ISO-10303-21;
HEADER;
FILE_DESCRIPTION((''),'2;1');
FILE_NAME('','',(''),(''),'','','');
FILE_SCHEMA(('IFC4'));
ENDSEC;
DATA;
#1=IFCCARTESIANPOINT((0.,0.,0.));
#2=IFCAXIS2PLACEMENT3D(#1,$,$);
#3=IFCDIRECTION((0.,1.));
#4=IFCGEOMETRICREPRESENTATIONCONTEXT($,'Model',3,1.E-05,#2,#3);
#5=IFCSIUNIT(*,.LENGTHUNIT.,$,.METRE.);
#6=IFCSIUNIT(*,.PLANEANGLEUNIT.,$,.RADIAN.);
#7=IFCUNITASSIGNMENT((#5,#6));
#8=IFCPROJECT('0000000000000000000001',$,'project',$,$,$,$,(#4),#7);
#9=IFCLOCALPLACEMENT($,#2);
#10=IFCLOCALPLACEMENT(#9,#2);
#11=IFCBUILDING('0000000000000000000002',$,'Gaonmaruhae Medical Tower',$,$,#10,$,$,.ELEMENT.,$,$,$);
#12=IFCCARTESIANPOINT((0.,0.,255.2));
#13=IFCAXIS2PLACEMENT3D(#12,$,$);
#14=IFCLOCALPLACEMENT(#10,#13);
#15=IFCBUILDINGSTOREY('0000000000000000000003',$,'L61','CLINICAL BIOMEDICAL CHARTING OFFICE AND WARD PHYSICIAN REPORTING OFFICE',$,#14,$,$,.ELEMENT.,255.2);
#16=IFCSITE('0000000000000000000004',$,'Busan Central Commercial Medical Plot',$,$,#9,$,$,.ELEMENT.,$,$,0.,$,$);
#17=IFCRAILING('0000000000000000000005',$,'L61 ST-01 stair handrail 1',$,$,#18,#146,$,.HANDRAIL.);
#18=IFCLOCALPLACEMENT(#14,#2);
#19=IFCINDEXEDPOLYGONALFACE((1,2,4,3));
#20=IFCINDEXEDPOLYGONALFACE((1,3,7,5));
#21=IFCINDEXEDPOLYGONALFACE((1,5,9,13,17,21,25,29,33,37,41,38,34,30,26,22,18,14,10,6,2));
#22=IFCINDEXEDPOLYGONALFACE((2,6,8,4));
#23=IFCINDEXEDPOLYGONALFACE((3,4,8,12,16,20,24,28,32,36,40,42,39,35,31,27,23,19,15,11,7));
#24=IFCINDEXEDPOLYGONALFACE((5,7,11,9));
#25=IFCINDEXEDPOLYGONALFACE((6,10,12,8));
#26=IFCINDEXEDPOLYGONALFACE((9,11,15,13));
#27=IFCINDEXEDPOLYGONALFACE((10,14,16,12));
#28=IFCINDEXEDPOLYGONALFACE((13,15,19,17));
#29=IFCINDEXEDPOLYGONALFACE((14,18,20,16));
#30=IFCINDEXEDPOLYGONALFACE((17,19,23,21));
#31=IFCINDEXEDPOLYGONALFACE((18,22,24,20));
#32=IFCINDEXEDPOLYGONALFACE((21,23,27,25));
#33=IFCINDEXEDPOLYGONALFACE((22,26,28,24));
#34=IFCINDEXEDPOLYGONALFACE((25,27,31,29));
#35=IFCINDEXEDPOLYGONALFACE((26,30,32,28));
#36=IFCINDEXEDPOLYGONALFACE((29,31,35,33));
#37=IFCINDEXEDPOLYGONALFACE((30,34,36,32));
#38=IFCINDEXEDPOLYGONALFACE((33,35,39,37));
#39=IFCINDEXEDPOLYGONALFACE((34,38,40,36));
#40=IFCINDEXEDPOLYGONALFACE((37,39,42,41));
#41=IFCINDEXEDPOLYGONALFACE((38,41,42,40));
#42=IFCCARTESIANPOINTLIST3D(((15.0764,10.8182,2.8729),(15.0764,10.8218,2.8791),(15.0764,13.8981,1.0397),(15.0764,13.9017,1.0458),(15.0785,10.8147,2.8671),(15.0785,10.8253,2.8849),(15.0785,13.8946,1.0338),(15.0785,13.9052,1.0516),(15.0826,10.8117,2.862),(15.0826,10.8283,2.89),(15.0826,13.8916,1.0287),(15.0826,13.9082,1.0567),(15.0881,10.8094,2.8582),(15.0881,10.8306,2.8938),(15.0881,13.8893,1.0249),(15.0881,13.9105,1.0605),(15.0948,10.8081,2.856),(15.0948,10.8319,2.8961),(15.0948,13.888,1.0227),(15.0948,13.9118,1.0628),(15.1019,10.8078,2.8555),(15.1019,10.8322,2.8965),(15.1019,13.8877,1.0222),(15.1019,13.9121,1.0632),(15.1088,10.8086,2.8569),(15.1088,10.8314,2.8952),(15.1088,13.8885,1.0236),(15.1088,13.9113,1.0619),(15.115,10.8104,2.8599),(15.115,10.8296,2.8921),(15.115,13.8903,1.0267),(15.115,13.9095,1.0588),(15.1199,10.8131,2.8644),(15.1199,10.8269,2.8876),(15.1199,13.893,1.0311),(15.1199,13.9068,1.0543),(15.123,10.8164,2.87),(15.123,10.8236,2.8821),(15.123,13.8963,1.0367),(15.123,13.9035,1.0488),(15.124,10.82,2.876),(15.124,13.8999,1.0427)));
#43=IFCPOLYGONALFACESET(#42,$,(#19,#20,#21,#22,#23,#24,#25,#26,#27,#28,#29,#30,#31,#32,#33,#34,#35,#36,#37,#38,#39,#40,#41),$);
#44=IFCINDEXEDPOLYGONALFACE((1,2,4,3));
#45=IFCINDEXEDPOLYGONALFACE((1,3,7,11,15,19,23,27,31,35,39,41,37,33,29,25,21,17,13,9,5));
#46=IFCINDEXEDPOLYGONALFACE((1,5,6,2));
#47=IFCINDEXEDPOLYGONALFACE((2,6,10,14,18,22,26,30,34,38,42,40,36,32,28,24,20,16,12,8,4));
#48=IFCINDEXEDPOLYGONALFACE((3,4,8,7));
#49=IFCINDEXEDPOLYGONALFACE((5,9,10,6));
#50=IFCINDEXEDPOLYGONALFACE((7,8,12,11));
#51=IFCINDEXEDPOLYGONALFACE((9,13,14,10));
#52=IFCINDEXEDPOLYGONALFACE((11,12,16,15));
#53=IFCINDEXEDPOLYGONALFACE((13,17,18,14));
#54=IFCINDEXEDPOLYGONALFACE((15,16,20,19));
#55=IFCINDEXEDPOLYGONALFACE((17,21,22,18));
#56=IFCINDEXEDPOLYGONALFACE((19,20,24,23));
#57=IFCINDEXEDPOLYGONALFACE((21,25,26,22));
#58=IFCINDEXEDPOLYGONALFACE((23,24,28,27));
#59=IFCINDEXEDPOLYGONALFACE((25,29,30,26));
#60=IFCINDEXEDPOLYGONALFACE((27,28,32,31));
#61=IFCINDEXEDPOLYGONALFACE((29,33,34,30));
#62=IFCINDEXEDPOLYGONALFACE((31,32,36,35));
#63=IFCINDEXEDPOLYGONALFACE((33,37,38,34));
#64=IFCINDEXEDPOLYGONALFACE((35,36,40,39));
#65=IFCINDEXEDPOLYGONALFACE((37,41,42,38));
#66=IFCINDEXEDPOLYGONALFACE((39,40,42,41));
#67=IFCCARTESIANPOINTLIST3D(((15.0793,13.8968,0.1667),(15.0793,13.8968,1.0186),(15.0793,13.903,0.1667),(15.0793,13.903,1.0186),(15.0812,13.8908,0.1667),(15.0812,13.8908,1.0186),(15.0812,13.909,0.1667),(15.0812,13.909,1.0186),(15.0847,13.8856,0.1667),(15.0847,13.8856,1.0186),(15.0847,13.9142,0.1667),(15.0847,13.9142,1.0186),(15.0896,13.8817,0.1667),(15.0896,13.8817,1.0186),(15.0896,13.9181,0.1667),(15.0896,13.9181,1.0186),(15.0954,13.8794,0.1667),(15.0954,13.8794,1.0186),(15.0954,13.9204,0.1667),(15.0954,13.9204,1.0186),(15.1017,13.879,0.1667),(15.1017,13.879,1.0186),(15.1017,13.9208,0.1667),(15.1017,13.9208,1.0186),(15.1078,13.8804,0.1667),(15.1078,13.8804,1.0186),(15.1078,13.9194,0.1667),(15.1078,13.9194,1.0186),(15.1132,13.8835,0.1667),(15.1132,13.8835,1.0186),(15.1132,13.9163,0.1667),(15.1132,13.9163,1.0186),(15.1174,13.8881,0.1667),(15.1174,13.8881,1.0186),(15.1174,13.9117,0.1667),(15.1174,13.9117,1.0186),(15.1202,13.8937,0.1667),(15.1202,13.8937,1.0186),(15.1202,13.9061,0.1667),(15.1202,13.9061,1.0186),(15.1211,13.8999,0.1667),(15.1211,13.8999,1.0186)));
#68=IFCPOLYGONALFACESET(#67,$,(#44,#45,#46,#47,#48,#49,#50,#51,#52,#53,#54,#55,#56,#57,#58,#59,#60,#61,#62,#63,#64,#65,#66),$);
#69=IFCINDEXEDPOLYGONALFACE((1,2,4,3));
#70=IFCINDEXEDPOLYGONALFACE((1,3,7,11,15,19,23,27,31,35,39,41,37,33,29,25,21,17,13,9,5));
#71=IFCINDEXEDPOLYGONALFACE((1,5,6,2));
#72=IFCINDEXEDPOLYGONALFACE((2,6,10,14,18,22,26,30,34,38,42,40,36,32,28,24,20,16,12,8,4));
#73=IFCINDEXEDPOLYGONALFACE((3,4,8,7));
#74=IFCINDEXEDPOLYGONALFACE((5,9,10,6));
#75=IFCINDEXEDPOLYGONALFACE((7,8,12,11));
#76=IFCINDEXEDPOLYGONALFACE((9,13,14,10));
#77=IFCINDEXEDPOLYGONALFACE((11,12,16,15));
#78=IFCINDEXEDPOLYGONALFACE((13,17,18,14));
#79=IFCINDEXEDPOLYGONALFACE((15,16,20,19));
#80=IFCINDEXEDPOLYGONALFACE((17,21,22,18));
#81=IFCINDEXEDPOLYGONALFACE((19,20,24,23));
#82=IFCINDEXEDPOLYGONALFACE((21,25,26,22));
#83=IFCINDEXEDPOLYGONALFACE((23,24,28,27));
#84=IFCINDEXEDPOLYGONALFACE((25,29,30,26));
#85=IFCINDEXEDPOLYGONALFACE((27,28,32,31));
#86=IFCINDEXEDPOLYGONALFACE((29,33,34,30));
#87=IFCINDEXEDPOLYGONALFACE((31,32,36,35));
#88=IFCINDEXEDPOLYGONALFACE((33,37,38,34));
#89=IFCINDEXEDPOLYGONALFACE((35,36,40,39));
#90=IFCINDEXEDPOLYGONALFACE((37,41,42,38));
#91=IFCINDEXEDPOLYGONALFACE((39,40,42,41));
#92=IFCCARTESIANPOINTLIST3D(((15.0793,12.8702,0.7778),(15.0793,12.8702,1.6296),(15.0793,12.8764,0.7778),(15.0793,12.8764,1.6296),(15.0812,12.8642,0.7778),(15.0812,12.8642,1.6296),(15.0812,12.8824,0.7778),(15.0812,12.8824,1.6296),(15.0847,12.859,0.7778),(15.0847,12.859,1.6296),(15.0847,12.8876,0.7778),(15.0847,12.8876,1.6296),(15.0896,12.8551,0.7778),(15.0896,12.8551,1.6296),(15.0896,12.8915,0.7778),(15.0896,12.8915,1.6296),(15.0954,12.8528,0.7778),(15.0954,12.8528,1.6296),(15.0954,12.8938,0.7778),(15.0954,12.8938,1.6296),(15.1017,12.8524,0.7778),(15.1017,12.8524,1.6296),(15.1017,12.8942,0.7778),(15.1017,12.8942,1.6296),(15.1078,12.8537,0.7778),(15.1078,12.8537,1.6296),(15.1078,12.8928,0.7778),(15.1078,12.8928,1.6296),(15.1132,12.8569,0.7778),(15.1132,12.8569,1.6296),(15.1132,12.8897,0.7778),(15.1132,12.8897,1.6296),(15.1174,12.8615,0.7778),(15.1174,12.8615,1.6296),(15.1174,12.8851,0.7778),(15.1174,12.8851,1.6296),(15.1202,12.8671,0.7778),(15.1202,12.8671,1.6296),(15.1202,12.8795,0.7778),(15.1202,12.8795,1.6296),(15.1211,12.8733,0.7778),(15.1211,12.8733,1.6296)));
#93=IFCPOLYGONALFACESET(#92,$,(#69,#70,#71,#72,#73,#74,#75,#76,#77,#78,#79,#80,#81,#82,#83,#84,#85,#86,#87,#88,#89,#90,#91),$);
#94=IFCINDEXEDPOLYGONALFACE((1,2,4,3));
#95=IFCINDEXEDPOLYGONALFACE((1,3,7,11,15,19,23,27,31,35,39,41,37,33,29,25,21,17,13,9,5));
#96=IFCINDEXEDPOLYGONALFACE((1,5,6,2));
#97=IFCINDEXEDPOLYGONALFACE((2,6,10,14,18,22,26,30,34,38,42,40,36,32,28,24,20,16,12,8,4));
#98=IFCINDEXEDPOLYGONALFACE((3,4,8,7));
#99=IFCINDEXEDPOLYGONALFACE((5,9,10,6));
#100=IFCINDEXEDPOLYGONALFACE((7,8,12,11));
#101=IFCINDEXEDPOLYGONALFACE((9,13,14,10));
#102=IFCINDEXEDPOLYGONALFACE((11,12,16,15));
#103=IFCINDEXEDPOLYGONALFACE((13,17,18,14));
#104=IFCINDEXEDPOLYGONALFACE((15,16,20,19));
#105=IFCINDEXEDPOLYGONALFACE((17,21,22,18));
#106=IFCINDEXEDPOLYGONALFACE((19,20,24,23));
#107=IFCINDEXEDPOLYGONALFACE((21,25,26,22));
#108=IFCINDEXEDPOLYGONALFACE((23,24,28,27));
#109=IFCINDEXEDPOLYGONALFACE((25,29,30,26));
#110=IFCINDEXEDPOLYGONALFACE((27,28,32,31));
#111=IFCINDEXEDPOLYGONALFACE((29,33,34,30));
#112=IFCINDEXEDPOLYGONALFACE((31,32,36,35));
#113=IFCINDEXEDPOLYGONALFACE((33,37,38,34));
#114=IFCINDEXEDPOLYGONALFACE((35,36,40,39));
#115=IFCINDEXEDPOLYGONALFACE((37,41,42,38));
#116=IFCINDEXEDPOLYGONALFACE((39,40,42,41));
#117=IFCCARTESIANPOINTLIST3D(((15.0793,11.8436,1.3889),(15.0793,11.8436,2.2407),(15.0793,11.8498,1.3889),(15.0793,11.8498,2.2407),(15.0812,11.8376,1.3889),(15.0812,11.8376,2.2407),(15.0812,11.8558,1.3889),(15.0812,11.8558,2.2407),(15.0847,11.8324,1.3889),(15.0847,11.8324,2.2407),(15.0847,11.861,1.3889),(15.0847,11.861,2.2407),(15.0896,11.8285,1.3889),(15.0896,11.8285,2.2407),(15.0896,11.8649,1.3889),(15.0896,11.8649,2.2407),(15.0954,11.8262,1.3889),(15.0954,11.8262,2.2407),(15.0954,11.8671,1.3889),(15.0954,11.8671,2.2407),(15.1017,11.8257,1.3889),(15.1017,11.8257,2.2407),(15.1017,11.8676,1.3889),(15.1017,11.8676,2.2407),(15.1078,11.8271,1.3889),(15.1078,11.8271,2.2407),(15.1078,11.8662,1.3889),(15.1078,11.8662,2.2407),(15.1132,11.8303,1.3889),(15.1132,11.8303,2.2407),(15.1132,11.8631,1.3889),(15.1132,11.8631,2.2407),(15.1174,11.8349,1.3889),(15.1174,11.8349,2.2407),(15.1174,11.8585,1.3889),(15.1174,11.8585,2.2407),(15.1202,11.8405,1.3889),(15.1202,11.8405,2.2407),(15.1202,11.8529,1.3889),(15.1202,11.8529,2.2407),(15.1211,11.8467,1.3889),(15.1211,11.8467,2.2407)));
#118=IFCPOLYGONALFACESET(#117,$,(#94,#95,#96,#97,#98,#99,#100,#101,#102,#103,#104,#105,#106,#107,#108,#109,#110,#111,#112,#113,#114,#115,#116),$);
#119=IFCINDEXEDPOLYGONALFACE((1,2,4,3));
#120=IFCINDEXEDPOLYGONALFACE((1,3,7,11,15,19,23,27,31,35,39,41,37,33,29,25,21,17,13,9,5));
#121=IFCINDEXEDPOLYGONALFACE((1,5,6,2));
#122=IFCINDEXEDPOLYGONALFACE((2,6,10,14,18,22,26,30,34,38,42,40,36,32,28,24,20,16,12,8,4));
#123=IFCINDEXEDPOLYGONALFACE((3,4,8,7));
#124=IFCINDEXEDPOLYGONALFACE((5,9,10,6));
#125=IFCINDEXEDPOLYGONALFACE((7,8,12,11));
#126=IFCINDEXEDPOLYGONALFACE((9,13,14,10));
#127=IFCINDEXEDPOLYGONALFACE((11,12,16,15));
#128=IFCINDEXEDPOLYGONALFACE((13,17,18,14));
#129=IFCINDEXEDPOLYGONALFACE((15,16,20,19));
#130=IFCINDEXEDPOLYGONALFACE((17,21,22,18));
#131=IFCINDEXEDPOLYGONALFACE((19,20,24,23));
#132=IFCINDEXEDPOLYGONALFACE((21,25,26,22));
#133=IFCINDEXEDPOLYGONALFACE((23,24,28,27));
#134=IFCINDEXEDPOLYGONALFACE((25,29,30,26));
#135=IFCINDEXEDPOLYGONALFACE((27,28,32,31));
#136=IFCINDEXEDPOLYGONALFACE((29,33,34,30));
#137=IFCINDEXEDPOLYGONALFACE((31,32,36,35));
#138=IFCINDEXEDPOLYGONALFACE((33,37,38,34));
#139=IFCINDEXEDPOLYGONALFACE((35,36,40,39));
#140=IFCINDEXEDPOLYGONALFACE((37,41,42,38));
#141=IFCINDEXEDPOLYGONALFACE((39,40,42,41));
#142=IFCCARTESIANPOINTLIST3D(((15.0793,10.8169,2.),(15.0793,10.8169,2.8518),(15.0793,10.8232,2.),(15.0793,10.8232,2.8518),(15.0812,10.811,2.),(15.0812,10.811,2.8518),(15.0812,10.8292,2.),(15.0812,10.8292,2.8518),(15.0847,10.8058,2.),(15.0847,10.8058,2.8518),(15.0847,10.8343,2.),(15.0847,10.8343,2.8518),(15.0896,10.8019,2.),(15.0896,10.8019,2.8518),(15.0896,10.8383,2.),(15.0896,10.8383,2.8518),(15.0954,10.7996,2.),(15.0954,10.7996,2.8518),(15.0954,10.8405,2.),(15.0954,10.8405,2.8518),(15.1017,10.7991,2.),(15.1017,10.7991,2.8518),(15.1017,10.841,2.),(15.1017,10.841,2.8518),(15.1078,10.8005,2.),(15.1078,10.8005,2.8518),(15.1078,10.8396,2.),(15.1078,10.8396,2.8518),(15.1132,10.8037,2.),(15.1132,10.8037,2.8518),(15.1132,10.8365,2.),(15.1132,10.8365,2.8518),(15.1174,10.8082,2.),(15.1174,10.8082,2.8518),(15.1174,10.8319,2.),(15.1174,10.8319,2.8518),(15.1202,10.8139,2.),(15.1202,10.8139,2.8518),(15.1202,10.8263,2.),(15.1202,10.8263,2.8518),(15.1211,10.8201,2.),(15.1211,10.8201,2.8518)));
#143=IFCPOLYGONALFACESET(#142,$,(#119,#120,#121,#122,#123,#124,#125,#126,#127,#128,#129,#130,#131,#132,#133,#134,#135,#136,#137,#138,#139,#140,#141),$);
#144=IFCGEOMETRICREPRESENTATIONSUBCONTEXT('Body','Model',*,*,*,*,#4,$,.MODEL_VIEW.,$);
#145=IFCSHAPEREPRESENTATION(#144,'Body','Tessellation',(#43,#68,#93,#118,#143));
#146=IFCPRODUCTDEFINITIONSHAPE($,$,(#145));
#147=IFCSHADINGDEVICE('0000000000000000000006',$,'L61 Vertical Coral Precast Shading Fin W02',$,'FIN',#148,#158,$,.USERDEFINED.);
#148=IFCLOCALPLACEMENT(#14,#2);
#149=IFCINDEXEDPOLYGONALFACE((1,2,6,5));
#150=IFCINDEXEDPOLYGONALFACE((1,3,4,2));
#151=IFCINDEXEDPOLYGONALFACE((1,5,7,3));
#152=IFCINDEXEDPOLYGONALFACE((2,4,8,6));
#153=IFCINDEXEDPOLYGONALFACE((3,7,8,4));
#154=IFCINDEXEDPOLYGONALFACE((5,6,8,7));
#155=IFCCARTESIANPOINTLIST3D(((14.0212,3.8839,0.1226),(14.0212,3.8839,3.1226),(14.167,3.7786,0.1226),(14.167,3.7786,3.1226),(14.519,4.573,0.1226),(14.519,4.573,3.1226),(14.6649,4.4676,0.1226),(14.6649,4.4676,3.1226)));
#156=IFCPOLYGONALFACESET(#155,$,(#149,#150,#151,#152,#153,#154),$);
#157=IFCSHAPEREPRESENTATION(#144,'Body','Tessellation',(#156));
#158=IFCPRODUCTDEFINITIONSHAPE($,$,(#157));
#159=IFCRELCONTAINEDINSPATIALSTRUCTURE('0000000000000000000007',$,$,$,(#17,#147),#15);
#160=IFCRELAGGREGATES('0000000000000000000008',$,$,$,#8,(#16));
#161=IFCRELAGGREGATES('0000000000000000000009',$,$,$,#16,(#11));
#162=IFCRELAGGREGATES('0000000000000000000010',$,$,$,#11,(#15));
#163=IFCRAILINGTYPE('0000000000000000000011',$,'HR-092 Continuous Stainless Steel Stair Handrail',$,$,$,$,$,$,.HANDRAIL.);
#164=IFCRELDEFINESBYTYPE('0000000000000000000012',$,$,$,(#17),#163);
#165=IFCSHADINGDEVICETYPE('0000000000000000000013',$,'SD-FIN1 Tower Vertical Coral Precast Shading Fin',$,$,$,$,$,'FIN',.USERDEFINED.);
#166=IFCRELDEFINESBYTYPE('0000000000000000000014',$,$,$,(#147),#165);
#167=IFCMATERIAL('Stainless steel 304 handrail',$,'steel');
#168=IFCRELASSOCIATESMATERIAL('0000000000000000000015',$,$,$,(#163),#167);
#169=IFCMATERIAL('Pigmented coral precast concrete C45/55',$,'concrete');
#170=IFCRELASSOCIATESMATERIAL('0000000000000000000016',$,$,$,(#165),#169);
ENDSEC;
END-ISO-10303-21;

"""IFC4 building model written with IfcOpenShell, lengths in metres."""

from ifc_helpers import new_model, si_unit, direction, frame, origin, origin_2d, place, context, subcontext, project, spatial, rectangle, circle, extrude, material, type_object, element, save


model = new_model("IFC4")

# Units and contexts
model_context = context("Model", 3, precision=1e-05, world=origin(), true_north=direction((0.0, 1.0)))
body_context = subcontext(model_context, "Body", "Model", "MODEL_VIEW")
ifc_project = project(units=[si_unit("LENGTHUNIT", "METRE"), si_unit("PLANEANGLEUNIT", "RADIAN")], contexts=[model_context])

# Site, building, storey
site_placement = place(None, origin())
site = spatial("IfcSite", under=ifc_project, at=site_placement, Name="Busan Central Commercial Medical Plot", CompositionType="ELEMENT", RefElevation=0.0)
building_placement = place(site_placement, origin())
building = spatial("IfcBuilding", under=site, at=building_placement, Name="Gaonmaruhae Medical Tower", CompositionType="ELEMENT")
storey_placement = place(building_placement, frame((0.0, 0.0, 255.2)))
storey = spatial("IfcBuildingStorey", under=building, at=storey_placement, Name="L61", Description="CLINICAL BIOMEDICAL CHARTING OFFICE AND WARD PHYSICIAN REPORTING OFFICE", CompositionType="ELEMENT", Elevation=255.2)

# Railing
ifc_material_1 = material(Name="Stainless steel 304 handrail", Category="steel")
railing_type_1 = type_object("IfcRailingType", Name="HR-092 Continuous Stainless Steel Stair Handrail", PredefinedType="HANDRAIL", material=ifc_material_1)
railing_1_placement = place(storey_placement, frame((15.1001, 13.8999, 0.1667)))
element("IfcRailing", 1, at=railing_1_placement, inside=storey, type_object=railing_type_1, Name="L61 ST-01 stair handrail 1", PredefinedType="HANDRAIL", context=body_context, shape_type="SweptSolid", body=[
    extrude(circle(Radius=0.0239, at=origin_2d()), frame((0.0, 0.0, 0.876), z_axis=(0.0, -0.859291, 0.511487), x_axis=(1.0, 0.0, 0.0)), (0.0, 0.0, 1.0), 3.5842),
    extrude(circle(Radius=0.021, at=origin_2d()), origin(), (0.0, 0.0, 1.0), 0.8518),
    extrude(circle(Radius=0.021, at=origin_2d()), frame((0.0, -1.0266, 0.6111)), (0.0, 0.0, 1.0), 0.8518),
    extrude(circle(Radius=0.021, at=origin_2d()), frame((0.0, -2.0532, 1.2222)), (0.0, 0.0, 1.0), 0.8518),
    extrude(circle(Radius=0.021, at=origin_2d()), frame((0.0, -3.0798, 1.8333)), (0.0, 0.0, 1.0), 0.8518),
])

# Shading device
ifc_material_2 = material(Name="Pigmented coral precast concrete C45/55", Category="concrete")
shading_device_type = type_object("IfcShadingDeviceType", Name="SD-FIN1 Tower Vertical Coral Precast Shading Fin", ElementType="FIN", PredefinedType="USERDEFINED", material=ifc_material_2)
shading_device_placement = place(storey_placement, frame((14.343, 4.1758, 0.1226), z_axis=(0.0, 0.0, 1.0), x_axis=(-0.810553, 0.585665, 0.0)))
element("IfcShadingDevice", 2, at=shading_device_placement, inside=storey, type_object=shading_device_type, Name="L61 Vertical Coral Precast Shading Fin W02", ObjectType="FIN", PredefinedType="USERDEFINED", context=body_context, shape_type="SweptSolid", body=[
    extrude(rectangle(XDim=0.1799, YDim=0.8501, at=origin_2d()), origin(), (0.0, 0.0, 1.0), 3.0),
])

save(model, "model.ifc")
